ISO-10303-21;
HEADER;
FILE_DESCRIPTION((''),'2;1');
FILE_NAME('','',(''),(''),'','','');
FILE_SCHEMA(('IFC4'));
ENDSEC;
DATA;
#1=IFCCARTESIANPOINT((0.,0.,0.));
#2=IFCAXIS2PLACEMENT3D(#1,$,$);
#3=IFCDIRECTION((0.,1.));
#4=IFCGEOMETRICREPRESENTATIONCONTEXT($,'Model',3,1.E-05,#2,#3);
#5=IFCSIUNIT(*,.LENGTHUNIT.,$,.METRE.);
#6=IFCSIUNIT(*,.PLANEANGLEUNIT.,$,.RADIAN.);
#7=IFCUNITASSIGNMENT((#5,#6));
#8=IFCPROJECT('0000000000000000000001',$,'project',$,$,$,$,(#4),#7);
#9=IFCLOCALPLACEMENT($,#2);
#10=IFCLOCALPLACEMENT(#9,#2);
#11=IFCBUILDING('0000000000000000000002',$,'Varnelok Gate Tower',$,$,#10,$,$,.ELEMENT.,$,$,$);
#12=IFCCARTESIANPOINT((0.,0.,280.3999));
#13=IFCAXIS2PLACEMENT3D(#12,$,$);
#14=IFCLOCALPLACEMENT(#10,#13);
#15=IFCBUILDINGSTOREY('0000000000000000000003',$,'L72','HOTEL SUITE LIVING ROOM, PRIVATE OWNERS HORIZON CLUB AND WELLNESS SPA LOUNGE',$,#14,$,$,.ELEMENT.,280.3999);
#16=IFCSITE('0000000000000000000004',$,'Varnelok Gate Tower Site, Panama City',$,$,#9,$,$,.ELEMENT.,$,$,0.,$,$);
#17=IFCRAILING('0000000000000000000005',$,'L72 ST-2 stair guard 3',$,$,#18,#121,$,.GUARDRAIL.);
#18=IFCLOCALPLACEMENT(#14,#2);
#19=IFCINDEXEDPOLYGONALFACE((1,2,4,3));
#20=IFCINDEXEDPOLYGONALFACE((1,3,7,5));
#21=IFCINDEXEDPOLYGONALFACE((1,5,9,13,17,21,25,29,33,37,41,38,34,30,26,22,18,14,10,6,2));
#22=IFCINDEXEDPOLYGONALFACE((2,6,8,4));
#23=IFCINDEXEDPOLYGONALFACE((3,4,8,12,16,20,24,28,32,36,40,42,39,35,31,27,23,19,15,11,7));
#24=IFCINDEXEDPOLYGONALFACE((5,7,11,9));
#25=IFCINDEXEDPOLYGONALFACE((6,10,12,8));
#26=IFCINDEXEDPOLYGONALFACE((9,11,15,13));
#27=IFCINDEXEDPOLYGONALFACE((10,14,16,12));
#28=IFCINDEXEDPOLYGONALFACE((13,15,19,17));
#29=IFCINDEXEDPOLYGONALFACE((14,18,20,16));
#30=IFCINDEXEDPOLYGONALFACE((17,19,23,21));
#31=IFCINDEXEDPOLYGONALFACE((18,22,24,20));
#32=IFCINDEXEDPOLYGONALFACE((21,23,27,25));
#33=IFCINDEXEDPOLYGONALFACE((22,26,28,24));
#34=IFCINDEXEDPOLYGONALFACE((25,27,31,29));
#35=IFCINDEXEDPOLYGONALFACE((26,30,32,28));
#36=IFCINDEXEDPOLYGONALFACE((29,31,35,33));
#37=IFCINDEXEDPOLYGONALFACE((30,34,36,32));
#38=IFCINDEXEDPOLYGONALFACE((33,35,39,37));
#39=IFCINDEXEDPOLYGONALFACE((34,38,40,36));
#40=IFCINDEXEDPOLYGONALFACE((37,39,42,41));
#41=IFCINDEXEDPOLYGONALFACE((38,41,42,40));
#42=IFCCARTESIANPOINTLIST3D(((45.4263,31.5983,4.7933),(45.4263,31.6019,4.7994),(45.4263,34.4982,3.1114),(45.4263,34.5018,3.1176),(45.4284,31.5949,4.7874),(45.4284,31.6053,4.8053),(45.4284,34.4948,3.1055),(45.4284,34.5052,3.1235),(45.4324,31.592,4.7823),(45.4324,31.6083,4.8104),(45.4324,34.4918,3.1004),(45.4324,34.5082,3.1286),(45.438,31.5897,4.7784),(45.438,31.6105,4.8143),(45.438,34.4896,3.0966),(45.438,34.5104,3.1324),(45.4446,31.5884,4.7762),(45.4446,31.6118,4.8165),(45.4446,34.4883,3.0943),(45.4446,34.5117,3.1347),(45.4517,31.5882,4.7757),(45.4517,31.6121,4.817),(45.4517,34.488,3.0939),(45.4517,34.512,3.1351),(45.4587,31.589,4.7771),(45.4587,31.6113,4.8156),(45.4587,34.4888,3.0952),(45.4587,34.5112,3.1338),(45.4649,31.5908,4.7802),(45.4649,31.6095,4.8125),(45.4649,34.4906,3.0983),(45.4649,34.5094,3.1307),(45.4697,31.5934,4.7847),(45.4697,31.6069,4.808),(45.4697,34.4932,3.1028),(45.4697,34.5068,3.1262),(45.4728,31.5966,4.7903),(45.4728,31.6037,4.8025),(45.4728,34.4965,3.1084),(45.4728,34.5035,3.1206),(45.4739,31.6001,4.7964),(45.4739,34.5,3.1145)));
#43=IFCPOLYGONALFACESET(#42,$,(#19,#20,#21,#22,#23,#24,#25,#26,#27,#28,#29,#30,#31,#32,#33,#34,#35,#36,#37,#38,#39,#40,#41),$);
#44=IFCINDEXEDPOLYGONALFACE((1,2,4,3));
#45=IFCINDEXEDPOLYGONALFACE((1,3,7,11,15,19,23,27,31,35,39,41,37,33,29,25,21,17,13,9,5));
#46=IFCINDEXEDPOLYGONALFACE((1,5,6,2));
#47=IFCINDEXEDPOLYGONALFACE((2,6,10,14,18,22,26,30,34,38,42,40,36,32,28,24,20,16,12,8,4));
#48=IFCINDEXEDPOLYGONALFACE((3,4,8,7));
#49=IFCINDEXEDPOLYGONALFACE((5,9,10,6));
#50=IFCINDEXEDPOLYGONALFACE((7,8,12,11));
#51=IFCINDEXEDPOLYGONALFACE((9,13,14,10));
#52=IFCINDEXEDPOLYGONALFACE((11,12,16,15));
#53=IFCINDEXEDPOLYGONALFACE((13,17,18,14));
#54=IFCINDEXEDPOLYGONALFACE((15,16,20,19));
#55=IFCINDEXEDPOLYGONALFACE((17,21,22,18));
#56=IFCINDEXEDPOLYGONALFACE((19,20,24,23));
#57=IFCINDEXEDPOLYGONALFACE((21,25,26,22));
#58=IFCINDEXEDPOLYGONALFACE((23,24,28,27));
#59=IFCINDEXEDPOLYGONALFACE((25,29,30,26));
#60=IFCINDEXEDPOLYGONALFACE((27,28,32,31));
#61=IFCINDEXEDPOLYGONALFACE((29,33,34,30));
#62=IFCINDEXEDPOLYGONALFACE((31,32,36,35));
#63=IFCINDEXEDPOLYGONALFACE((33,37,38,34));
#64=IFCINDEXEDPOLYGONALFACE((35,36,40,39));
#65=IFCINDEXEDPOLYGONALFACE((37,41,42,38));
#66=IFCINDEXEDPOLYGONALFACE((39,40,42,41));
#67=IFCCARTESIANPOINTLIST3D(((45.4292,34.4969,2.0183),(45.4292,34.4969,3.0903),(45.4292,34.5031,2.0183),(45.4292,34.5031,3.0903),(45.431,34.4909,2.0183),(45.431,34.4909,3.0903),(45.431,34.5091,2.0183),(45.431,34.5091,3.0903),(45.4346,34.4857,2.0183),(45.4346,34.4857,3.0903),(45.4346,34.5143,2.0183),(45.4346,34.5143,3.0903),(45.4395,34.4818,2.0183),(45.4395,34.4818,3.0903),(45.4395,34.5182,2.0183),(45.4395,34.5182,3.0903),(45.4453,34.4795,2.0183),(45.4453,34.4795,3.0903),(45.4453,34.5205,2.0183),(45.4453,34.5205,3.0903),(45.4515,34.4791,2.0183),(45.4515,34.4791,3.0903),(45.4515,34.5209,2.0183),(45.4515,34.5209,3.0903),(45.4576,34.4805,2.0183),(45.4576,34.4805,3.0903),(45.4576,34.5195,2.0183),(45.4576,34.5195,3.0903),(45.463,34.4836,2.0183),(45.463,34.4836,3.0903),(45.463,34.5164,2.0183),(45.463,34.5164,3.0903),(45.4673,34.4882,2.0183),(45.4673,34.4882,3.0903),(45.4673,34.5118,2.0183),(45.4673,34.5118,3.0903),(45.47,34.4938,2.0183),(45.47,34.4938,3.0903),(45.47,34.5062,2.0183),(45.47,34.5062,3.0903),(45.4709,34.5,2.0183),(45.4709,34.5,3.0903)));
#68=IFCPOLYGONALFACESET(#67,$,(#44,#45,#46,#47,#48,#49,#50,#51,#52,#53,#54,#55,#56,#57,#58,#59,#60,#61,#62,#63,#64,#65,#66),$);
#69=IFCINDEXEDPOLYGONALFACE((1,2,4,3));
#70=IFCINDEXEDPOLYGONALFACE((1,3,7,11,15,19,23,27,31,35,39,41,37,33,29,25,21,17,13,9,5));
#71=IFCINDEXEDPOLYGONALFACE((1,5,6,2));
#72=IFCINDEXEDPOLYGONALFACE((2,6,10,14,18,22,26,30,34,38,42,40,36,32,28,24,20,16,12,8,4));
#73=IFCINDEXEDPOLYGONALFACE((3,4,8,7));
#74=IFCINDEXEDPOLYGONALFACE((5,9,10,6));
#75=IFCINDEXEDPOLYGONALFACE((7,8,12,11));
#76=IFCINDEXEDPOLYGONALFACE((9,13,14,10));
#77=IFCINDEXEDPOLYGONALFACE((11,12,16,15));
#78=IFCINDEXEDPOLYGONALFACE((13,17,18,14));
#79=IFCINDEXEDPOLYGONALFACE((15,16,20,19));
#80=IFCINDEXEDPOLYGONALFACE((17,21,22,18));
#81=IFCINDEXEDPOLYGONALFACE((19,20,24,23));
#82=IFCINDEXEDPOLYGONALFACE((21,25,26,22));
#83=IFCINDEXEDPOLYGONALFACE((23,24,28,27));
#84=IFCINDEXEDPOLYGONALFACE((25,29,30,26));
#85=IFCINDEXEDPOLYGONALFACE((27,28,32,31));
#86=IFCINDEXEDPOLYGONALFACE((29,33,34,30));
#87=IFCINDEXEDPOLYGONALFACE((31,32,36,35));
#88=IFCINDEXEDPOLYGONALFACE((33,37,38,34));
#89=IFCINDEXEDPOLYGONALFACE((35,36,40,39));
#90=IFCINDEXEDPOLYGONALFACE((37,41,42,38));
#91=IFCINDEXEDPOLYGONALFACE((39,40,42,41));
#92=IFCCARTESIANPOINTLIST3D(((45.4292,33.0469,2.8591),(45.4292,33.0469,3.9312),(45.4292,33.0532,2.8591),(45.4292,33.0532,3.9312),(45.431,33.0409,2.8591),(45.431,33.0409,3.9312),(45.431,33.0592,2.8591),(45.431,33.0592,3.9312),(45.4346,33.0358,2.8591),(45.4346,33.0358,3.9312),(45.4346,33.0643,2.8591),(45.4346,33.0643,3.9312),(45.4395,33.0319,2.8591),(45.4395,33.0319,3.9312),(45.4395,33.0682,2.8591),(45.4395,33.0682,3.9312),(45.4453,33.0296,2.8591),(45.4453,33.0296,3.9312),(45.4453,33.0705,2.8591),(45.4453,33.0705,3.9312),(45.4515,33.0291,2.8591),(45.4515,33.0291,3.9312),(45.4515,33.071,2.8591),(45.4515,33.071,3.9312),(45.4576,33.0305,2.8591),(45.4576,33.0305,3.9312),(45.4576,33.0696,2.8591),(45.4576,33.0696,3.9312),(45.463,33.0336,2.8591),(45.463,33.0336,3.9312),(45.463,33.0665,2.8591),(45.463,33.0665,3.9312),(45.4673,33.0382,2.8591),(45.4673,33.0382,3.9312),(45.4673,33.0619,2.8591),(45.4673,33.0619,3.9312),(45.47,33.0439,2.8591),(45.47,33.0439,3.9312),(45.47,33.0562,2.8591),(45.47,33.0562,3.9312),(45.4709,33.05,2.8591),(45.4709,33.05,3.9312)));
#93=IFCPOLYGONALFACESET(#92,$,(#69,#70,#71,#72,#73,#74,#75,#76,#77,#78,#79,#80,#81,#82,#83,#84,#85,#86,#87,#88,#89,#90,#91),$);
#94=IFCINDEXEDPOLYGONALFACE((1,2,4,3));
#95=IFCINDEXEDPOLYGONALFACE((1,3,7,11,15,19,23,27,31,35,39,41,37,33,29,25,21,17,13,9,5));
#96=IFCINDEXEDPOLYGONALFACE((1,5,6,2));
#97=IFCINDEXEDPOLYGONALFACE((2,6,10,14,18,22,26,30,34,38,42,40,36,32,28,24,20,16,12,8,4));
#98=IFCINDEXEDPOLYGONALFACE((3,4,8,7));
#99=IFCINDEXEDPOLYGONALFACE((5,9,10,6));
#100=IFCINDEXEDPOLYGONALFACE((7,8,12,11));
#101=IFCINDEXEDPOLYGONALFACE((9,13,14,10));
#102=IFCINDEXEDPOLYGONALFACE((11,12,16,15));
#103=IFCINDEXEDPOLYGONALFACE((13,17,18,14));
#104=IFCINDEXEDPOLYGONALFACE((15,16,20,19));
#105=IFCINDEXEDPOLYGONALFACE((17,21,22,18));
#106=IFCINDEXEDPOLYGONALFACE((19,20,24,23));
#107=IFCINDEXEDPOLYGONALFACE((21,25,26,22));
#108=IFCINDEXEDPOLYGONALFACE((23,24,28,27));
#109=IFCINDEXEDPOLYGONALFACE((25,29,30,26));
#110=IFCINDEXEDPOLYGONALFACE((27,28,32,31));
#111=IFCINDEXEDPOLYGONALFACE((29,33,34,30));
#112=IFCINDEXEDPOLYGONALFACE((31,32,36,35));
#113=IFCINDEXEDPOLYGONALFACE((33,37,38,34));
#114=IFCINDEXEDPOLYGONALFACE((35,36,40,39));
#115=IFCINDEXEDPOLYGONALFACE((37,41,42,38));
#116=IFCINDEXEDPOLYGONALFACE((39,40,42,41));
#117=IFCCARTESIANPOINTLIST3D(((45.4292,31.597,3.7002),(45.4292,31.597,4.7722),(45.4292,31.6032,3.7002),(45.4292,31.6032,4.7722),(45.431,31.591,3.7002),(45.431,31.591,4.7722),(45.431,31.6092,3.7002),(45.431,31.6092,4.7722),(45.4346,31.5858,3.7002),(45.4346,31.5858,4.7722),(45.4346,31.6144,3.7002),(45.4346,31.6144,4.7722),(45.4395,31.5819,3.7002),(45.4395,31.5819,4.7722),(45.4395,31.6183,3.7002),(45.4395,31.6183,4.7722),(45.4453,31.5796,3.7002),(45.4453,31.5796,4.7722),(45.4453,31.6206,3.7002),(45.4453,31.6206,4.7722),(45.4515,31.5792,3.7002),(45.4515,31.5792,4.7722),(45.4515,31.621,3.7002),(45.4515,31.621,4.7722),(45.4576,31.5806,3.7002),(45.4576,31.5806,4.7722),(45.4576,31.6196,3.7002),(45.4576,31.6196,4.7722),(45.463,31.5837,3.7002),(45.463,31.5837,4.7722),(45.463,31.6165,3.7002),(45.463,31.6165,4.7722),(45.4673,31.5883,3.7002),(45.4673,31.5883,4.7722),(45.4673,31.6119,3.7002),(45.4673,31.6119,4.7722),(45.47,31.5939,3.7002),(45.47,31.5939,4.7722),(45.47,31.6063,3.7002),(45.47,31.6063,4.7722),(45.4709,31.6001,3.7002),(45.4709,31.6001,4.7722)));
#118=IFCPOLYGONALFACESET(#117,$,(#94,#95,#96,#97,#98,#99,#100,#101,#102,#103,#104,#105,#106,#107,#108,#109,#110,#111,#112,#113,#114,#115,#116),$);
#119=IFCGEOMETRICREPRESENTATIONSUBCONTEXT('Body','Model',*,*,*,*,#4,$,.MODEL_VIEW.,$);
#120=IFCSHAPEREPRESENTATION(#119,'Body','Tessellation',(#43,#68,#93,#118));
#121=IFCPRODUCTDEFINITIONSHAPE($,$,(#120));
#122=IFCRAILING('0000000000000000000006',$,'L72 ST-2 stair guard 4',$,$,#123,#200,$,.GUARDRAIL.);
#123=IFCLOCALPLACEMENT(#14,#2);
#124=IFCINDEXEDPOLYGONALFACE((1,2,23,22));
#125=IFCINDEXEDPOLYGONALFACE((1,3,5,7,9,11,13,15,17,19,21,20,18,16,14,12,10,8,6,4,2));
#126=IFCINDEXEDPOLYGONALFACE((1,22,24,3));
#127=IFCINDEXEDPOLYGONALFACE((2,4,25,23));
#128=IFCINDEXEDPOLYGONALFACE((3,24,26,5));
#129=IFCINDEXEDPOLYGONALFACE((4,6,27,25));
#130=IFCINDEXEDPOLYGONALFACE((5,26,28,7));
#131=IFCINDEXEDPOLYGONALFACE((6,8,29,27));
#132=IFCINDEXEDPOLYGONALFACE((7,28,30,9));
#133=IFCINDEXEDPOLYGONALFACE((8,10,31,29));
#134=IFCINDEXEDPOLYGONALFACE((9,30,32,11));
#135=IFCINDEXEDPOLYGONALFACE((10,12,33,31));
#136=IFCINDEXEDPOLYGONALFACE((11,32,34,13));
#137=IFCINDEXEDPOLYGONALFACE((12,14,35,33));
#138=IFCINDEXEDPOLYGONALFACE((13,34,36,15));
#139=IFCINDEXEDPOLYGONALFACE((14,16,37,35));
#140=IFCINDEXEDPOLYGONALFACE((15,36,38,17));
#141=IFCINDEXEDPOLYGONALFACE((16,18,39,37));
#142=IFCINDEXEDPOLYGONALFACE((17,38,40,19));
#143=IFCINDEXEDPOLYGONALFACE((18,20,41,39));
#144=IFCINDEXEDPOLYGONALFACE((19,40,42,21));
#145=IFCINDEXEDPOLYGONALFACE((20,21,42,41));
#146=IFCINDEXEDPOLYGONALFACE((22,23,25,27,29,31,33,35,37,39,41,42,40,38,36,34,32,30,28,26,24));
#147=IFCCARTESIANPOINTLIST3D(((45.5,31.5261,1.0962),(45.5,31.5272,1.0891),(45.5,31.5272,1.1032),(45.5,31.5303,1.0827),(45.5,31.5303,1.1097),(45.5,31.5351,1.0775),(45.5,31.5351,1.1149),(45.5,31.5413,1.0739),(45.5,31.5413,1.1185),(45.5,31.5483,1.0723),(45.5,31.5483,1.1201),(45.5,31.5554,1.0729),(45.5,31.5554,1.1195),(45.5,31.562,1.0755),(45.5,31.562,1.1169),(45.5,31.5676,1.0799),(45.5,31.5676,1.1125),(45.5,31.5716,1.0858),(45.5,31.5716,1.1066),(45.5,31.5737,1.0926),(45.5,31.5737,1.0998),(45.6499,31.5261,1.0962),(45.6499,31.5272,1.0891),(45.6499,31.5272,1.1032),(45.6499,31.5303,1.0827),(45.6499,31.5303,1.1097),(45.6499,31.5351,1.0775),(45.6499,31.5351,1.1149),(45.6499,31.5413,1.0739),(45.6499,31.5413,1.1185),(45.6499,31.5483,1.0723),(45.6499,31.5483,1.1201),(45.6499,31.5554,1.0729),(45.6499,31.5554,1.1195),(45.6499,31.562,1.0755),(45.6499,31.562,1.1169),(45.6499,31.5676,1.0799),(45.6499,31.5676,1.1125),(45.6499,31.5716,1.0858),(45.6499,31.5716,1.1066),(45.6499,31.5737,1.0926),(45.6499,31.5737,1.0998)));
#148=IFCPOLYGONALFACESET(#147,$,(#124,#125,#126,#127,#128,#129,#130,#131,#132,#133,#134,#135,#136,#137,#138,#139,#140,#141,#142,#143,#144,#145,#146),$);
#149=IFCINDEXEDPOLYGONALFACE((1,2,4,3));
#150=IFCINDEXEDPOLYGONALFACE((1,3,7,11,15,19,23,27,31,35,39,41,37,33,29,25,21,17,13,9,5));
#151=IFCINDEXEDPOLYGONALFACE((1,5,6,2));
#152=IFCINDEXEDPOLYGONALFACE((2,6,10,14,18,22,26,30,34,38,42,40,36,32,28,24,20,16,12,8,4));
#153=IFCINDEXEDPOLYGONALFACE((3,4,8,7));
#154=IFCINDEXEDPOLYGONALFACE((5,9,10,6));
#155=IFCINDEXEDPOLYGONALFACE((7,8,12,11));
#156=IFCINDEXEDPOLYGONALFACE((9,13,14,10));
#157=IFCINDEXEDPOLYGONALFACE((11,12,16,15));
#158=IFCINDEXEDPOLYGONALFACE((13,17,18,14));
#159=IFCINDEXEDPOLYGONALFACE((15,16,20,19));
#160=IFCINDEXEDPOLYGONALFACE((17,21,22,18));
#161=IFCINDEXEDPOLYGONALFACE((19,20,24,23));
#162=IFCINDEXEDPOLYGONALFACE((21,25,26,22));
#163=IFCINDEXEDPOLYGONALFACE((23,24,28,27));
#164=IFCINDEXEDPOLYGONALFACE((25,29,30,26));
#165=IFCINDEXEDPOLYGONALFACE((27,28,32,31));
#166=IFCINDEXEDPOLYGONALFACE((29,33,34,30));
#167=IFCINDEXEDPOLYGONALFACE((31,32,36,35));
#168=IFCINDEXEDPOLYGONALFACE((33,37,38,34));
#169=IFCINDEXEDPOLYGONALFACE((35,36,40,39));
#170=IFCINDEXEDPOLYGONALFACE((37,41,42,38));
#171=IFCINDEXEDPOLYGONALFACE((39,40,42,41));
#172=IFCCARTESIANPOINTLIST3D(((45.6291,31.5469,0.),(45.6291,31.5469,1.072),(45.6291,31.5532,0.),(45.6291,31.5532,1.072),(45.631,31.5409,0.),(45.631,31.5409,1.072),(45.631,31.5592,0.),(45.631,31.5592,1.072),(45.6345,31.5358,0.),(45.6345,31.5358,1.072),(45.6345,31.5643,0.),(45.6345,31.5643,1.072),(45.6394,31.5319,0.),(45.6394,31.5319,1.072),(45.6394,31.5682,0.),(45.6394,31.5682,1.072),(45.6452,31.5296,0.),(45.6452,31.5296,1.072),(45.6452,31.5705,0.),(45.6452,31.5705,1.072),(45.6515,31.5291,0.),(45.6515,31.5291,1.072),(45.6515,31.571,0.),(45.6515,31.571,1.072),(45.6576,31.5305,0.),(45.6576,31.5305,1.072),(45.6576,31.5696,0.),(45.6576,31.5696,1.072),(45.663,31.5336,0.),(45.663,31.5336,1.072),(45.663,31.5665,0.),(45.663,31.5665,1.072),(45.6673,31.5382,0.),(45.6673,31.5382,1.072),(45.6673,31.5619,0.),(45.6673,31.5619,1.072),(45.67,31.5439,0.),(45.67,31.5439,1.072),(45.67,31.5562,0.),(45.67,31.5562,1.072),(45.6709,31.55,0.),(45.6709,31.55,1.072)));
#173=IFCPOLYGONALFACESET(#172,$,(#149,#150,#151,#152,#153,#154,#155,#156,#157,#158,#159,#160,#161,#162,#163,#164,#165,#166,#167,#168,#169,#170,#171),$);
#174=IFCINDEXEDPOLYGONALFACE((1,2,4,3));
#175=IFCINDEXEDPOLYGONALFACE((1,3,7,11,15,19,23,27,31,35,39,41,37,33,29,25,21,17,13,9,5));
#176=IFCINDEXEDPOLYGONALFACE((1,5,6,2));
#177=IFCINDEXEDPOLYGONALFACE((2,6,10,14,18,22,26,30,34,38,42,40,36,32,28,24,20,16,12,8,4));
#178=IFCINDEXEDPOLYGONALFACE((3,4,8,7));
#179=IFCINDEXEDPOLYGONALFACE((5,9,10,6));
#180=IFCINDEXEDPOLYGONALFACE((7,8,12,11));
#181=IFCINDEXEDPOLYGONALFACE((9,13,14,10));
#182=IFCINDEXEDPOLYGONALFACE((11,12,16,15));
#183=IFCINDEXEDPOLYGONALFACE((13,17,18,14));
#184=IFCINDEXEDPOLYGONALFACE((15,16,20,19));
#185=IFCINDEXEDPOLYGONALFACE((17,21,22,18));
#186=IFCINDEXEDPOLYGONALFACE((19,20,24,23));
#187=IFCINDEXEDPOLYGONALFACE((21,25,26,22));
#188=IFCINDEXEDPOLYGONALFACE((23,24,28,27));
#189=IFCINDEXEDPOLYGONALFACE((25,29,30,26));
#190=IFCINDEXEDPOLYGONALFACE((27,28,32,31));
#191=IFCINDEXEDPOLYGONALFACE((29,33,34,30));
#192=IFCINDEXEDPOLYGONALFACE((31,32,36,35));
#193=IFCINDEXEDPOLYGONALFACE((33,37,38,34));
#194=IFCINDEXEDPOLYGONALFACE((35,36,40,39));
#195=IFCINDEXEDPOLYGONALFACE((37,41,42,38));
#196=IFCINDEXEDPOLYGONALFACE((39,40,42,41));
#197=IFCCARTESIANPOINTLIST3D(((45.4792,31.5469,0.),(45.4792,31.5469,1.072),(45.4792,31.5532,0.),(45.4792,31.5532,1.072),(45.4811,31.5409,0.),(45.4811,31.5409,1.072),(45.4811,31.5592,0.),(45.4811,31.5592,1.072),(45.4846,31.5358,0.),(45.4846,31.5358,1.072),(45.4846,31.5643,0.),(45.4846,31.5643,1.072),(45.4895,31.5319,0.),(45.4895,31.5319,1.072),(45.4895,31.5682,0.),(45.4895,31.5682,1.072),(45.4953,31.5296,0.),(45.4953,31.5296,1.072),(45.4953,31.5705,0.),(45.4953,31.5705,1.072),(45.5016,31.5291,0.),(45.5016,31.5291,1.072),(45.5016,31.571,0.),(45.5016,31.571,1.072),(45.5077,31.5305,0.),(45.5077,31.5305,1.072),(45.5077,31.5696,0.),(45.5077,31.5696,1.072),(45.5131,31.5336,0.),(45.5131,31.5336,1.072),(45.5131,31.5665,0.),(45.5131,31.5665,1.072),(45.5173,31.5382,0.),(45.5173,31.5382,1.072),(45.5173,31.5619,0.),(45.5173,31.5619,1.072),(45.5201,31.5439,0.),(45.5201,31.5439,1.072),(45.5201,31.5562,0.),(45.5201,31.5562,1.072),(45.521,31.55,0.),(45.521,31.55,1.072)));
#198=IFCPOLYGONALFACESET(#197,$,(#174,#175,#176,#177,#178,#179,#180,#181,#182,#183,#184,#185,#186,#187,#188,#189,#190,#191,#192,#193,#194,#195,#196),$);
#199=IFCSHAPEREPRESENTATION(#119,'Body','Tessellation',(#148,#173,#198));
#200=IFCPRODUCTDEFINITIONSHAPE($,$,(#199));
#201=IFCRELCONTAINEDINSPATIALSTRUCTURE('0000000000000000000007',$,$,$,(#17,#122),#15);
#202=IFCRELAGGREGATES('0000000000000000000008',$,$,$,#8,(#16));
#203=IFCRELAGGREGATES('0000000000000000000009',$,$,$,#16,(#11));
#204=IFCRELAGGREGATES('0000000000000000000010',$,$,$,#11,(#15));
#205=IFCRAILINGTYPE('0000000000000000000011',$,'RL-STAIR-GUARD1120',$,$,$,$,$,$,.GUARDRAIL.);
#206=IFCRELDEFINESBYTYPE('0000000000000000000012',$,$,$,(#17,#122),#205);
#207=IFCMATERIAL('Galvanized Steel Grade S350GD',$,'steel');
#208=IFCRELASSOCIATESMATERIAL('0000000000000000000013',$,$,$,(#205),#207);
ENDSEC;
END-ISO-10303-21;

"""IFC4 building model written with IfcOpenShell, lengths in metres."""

from ifc_helpers import new_model, si_unit, direction, frame, origin, origin_2d, place, context, subcontext, project, spatial, circle, extrude, material, type_object, element, save


model = new_model("IFC4")

# Units and contexts
model_context = context("Model", 3, precision=1e-05, world=origin(), true_north=direction((0.0, 1.0)))
body_context = subcontext(model_context, "Body", "Model", "MODEL_VIEW")
ifc_project = project(units=[si_unit("LENGTHUNIT", "METRE"), si_unit("PLANEANGLEUNIT", "RADIAN")], contexts=[model_context])

# Site, building, storey
site_placement = place(None, origin())
site = spatial("IfcSite", under=ifc_project, at=site_placement, Name="Varnelok Gate Tower Site, Panama City", CompositionType="ELEMENT", RefElevation=0.0)
building_placement = place(site_placement, origin())
building = spatial("IfcBuilding", under=site, at=building_placement, Name="Varnelok Gate Tower", CompositionType="ELEMENT")
storey_placement = place(building_placement, frame((0.0, 0.0, 280.3999)))
storey = spatial("IfcBuildingStorey", under=building, at=storey_placement, Name="L72", Description="HOTEL SUITE LIVING ROOM, PRIVATE OWNERS HORIZON CLUB AND WELLNESS SPA LOUNGE", CompositionType="ELEMENT", Elevation=280.3999)

# Shared definitions
ifc_material_1 = material(Name="Galvanized Steel Grade S350GD", Category="steel")

# Railings
railing_type_1 = type_object("IfcRailingType", Name="RL-STAIR-GUARD1120", PredefinedType="GUARDRAIL", material=ifc_material_1)
railing_1_placement = place(storey_placement, frame((45.45, 34.5, 2.0183)))
element("IfcRailing", 1, at=railing_1_placement, inside=storey, type_object=railing_type_1, Name="L72 ST-2 stair guard 3", PredefinedType="GUARDRAIL", context=body_context, shape_type="SweptSolid", body=[
    extrude(circle(Radius=0.0239, at=origin_2d()), frame((0.0, 0.0, 1.0962), z_axis=(0.0, -0.865039, 0.501705), x_axis=(1.0, 0.0, 0.0)), (0.0, 0.0, 1.0), 3.3523),
    extrude(circle(Radius=0.021, at=origin_2d()), origin(), (0.0, 0.0, 1.0), 1.072),
    extrude(circle(Radius=0.021, at=origin_2d()), frame((0.0, -1.45, 0.8408)), (0.0, 0.0, 1.0), 1.072),
    extrude(circle(Radius=0.021, at=origin_2d()), frame((0.0, -2.8999, 1.6819)), (0.0, 0.0, 1.0), 1.072),
])
railing_2_placement = place(storey_placement, frame((45.6499, 31.55, 0.0)))
element("IfcRailing", 2, at=railing_2_placement, inside=storey, type_object=railing_type_1, Name="L72 ST-2 stair guard 4", PredefinedType="GUARDRAIL", context=body_context, shape_type="SweptSolid", body=[
    extrude(circle(Radius=0.0239, at=origin_2d()), frame((0.0, 0.0, 1.0962), z_axis=(-1.0, 0.0, 0.0), x_axis=(0.0, -1.0, 0.0)), (0.0, 0.0, 1.0), 0.1499),
    extrude(circle(Radius=0.021, at=origin_2d()), origin(), (0.0, 0.0, 1.0), 1.072),
    extrude(circle(Radius=0.021, at=origin_2d()), frame((-0.1499, 0.0, 0.0)), (0.0, 0.0, 1.0), 1.072),
])

save(model, "model.ifc")
